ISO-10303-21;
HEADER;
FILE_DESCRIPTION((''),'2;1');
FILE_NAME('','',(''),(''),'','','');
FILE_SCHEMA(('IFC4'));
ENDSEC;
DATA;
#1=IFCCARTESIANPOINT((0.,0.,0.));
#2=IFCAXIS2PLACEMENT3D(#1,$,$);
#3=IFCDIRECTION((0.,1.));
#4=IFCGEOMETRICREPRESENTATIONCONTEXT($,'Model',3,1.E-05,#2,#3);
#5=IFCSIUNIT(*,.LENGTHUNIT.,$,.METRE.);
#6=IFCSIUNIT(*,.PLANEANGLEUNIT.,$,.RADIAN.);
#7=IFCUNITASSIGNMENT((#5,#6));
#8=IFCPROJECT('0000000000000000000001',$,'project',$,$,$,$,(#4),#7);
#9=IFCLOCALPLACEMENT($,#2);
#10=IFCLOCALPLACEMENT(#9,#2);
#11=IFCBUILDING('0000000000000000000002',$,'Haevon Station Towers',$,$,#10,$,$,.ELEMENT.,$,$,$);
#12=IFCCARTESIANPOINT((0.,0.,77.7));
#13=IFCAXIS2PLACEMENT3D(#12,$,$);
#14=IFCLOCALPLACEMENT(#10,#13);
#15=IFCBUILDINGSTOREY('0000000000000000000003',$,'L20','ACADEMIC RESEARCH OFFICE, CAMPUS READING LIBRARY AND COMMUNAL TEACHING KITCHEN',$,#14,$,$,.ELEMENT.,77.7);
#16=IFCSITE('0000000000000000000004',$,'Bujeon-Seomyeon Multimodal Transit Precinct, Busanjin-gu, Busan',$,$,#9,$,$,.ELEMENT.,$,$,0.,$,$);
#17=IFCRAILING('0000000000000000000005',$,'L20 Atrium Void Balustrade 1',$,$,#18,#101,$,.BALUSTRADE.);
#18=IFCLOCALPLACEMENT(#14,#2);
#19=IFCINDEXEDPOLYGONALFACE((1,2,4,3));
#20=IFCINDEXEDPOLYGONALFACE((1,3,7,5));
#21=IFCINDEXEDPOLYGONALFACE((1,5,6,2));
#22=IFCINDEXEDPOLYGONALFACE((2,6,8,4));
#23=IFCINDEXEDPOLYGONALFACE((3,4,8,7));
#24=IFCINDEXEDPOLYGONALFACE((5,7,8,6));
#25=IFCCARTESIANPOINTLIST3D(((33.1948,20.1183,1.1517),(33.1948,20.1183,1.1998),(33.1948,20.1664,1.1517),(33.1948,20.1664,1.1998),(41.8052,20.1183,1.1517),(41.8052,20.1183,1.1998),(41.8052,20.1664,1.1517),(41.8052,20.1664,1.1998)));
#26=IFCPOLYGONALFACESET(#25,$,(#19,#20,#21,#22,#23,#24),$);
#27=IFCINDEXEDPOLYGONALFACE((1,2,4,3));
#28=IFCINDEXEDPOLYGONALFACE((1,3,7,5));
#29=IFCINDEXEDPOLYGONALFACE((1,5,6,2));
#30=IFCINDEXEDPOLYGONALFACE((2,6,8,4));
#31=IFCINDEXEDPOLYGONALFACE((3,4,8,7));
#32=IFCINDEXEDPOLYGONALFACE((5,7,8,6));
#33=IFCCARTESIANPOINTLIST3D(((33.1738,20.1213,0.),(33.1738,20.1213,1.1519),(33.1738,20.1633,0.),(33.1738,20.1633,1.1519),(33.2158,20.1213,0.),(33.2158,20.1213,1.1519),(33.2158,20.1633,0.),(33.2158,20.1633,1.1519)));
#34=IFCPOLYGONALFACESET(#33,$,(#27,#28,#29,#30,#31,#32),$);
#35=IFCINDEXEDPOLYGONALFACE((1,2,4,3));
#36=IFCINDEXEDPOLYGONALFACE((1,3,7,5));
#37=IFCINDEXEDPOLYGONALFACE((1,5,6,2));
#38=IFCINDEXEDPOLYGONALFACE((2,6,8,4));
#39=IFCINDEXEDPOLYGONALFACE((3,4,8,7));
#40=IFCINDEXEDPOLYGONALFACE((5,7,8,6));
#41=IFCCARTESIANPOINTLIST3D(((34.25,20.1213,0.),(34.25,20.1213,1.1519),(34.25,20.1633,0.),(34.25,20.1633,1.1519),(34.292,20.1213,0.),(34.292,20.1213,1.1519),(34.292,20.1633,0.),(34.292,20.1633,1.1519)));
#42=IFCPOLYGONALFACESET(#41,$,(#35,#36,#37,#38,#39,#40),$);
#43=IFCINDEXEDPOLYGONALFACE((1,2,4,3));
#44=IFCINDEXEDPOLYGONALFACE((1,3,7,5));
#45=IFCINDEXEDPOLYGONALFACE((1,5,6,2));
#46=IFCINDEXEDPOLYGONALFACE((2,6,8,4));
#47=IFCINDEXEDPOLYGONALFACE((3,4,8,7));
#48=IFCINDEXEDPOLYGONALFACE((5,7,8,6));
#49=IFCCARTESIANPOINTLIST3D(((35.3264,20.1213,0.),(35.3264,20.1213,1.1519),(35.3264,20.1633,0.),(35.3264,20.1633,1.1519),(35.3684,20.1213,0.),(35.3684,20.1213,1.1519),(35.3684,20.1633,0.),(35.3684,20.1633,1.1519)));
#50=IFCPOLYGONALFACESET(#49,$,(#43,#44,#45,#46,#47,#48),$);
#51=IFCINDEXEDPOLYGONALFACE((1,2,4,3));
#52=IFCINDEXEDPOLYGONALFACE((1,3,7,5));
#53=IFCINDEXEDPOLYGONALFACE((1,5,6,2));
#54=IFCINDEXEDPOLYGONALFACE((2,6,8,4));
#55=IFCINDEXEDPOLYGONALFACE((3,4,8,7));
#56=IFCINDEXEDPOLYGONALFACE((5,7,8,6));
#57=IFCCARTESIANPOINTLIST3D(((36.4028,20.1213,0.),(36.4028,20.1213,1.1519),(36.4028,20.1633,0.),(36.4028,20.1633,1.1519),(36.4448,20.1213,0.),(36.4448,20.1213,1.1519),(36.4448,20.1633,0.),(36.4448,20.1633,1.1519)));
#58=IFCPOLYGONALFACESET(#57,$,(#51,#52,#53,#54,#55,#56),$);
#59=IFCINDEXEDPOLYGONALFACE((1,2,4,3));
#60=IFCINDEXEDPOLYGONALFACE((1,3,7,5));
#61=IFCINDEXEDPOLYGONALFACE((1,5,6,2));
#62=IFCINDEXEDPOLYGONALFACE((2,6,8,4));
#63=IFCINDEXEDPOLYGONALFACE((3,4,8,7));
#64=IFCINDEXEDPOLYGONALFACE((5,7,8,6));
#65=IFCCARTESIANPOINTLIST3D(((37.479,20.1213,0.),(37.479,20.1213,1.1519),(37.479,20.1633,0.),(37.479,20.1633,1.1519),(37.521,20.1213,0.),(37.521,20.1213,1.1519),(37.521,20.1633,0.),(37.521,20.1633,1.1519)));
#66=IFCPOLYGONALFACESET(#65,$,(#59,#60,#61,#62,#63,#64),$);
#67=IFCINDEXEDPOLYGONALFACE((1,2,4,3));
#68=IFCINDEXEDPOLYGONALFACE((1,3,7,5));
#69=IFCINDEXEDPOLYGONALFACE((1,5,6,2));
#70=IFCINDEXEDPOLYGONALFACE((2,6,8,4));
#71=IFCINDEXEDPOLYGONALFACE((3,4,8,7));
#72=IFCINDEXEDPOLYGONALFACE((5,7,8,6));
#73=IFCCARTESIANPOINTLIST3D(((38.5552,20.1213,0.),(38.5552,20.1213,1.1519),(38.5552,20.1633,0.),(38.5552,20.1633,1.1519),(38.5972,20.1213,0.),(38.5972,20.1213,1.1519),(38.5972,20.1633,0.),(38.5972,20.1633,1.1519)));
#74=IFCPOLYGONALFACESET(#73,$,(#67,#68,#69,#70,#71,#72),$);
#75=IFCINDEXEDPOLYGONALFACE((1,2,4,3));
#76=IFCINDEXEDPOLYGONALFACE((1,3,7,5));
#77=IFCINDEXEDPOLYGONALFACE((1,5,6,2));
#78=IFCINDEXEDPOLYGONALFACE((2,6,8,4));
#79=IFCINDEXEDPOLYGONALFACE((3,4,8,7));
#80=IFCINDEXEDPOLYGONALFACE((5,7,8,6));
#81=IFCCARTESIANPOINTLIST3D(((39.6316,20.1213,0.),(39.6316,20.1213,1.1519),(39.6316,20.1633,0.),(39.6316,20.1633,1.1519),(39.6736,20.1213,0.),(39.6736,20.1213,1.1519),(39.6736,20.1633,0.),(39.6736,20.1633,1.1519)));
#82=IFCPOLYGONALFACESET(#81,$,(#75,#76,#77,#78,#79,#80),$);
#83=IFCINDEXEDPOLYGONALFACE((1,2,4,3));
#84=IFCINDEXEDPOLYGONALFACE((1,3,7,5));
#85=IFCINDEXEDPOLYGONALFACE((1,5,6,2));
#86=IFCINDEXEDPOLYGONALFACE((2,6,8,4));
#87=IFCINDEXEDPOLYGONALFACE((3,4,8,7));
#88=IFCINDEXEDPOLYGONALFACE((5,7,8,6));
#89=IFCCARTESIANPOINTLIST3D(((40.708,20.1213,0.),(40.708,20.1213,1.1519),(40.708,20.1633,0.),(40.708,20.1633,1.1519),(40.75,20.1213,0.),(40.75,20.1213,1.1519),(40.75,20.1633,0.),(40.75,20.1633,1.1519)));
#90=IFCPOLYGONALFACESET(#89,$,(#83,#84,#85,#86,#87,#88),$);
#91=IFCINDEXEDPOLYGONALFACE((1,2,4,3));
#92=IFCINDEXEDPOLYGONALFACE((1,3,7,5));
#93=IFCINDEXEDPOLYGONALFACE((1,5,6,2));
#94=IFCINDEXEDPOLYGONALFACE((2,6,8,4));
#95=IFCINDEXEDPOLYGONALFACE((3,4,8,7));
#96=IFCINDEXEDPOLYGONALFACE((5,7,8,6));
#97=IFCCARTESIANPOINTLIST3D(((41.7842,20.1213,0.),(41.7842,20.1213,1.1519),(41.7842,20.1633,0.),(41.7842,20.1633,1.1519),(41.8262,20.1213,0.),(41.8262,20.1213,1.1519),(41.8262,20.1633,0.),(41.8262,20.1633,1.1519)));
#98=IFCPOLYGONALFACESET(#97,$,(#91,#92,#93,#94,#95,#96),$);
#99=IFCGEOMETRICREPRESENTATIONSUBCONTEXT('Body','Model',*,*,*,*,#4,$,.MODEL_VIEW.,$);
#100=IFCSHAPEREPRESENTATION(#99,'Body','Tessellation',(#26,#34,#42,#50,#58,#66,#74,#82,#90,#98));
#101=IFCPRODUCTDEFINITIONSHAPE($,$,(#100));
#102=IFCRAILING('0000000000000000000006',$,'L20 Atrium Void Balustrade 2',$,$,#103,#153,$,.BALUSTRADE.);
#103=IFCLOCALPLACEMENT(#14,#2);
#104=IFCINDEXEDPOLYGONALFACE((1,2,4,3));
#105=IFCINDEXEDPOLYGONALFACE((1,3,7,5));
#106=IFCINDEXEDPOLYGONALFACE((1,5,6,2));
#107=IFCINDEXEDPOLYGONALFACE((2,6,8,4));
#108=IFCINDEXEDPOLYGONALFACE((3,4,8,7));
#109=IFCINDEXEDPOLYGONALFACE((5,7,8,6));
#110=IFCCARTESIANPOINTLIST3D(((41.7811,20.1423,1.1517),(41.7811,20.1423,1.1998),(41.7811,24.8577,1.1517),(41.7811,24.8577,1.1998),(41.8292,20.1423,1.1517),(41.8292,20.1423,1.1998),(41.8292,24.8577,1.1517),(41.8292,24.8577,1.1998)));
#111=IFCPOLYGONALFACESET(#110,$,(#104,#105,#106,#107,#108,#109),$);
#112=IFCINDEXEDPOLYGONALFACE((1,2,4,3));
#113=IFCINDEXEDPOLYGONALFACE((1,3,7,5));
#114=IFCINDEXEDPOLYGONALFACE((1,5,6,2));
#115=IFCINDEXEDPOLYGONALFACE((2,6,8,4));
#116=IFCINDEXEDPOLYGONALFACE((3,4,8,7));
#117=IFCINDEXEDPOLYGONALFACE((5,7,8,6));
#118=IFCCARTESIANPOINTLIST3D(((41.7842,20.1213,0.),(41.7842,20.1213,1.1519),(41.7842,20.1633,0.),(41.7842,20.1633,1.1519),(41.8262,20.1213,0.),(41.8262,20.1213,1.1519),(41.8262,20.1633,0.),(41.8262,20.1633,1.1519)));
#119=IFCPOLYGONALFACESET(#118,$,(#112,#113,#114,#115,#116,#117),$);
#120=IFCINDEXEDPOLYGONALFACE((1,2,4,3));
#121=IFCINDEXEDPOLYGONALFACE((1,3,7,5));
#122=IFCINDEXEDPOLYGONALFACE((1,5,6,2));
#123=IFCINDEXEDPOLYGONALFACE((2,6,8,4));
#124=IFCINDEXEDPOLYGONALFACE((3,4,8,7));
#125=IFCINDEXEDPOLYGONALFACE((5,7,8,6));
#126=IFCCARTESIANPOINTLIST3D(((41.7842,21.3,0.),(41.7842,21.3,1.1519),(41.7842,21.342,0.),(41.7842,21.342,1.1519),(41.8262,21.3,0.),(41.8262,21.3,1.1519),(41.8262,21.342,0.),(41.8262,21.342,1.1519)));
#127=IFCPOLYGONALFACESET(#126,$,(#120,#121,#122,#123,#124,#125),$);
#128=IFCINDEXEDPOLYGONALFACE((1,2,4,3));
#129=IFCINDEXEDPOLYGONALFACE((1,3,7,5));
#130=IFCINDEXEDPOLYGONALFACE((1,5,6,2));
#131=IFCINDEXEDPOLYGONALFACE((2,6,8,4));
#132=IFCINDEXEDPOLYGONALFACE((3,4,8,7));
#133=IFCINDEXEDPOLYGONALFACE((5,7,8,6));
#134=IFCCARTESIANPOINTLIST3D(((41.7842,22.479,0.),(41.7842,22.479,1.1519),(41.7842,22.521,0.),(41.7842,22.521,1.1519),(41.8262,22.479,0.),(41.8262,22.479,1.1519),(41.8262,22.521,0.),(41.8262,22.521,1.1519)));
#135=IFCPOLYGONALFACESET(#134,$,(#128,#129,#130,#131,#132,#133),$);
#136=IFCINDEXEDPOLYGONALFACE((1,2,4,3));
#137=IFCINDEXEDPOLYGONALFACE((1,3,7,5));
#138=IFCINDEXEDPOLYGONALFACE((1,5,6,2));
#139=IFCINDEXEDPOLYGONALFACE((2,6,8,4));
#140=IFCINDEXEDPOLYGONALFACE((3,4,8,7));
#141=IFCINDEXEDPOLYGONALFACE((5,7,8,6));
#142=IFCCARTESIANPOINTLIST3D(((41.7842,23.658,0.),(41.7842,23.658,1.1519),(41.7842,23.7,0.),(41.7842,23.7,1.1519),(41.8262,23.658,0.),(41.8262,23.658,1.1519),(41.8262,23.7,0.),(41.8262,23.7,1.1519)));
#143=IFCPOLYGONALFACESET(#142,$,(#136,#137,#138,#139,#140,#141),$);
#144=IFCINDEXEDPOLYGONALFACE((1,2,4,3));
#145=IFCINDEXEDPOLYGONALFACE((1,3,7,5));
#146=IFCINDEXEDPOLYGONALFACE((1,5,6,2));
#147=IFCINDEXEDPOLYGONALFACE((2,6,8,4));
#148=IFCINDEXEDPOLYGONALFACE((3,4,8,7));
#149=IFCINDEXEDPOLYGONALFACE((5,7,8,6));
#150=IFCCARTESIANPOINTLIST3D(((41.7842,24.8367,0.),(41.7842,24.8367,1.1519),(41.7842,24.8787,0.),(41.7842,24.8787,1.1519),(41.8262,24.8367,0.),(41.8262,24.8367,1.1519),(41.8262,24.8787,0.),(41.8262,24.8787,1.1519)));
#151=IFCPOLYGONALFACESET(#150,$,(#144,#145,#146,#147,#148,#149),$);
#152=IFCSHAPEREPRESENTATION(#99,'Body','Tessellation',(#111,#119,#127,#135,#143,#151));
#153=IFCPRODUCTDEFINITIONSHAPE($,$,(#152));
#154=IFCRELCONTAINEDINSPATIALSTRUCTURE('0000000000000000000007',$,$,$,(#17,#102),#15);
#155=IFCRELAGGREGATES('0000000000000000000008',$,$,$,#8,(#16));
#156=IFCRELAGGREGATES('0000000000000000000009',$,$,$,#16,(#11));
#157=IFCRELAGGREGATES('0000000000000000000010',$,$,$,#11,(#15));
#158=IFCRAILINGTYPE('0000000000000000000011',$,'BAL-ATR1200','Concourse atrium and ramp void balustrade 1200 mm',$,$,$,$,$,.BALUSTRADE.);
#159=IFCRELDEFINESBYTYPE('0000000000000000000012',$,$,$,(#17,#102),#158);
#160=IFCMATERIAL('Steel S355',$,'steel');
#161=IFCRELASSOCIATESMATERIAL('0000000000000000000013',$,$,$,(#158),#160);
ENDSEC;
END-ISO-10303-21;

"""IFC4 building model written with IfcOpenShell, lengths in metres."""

from ifc_helpers import new_model, si_unit, direction, frame, origin, origin_2d, place, context, subcontext, project, spatial, rectangle, extrude, material, type_object, element, save


model = new_model("IFC4")

# Units and contexts
model_context = context("Model", 3, precision=1e-05, world=origin(), true_north=direction((0.0, 1.0)))
body_context = subcontext(model_context, "Body", "Model", "MODEL_VIEW")
ifc_project = project(units=[si_unit("LENGTHUNIT", "METRE"), si_unit("PLANEANGLEUNIT", "RADIAN")], contexts=[model_context])

# Site, building, storey
site_placement = place(None, origin())
site = spatial("IfcSite", under=ifc_project, at=site_placement, Name="Bujeon-Seomyeon Multimodal Transit Precinct, Busanjin-gu, Busan", CompositionType="ELEMENT", RefElevation=0.0)
building_placement = place(site_placement, origin())
building = spatial("IfcBuilding", under=site, at=building_placement, Name="Haevon Station Towers", CompositionType="ELEMENT")
storey_placement = place(building_placement, frame((0.0, 0.0, 77.7)))
storey = spatial("IfcBuildingStorey", under=building, at=storey_placement, Name="L20", Description="ACADEMIC RESEARCH OFFICE, CAMPUS READING LIBRARY AND COMMUNAL TEACHING KITCHEN", CompositionType="ELEMENT", Elevation=77.7)

# Shared definitions
ifc_material_1 = material(Name="Steel S355", Category="steel")

# Railings
railing_type = type_object("IfcRailingType", Name="BAL-ATR1200", Description="Concourse atrium and ramp void balustrade 1200 mm", PredefinedType="BALUSTRADE", material=ifc_material_1)
railing_1_placement = place(storey_placement, frame((33.1948, 20.1423, 0.0)))
element("IfcRailing", 1, at=railing_1_placement, inside=storey, type_object=railing_type, Name="L20 Atrium Void Balustrade 1", PredefinedType="BALUSTRADE", context=body_context, shape_type="SweptSolid", body=[
    extrude(rectangle(XDim=0.0481, YDim=0.0481, at=origin_2d()), frame((0.0, 0.0, 1.1758), z_axis=(1.0, 0.0, 0.0), x_axis=(0.0, 1.0, 0.0)), (0.0, 0.0, 1.0), 8.6104),
    extrude(rectangle(XDim=0.042, YDim=0.042, at=origin_2d()), origin(), (0.0, 0.0, 1.0), 1.1519),
    extrude(rectangle(XDim=0.042, YDim=0.042, at=origin_2d()), frame((1.0762, 0.0, 0.0)), (0.0, 0.0, 1.0), 1.1519),
    extrude(rectangle(XDim=0.042, YDim=0.042, at=origin_2d()), frame((2.1526, 0.0, 0.0)), (0.0, 0.0, 1.0), 1.1519),
    extrude(rectangle(XDim=0.042, YDim=0.042, at=origin_2d()), frame((3.229, 0.0, 0.0)), (0.0, 0.0, 1.0), 1.1519),
    extrude(rectangle(XDim=0.042, YDim=0.042, at=origin_2d()), frame((4.3052, 0.0, 0.0)), (0.0, 0.0, 1.0), 1.1519),
    extrude(rectangle(XDim=0.042, YDim=0.042, at=origin_2d()), frame((5.3813, 0.0, 0.0)), (0.0, 0.0, 1.0), 1.1519),
    extrude(rectangle(XDim=0.042, YDim=0.042, at=origin_2d()), frame((6.4578, 0.0, 0.0)), (0.0, 0.0, 1.0), 1.1519),
    extrude(rectangle(XDim=0.042, YDim=0.042, at=origin_2d()), frame((7.5342, 0.0, 0.0)), (0.0, 0.0, 1.0), 1.1519),
    extrude(rectangle(XDim=0.042, YDim=0.042, at=origin_2d()), frame((8.6104, 0.0, 0.0)), (0.0, 0.0, 1.0), 1.1519),
])
railing_2_placement = place(storey_placement, frame((41.8052, 20.1423, 0.0)))
element("IfcRailing", 2, at=railing_2_placement, inside=storey, type_object=railing_type, Name="L20 Atrium Void Balustrade 2", PredefinedType="BALUSTRADE", context=body_context, shape_type="SweptSolid", body=[
    extrude(rectangle(XDim=0.0481, YDim=0.0481, at=origin_2d()), frame((0.0, 0.0, 1.1758), z_axis=(0.0, 1.0, 0.0), x_axis=(-1.0, 0.0, 0.0)), (0.0, 0.0, 1.0), 4.7153),
    extrude(rectangle(XDim=0.042, YDim=0.042, at=origin_2d()), origin(), (0.0, 0.0, 1.0), 1.1519),
    extrude(rectangle(XDim=0.042, YDim=0.042, at=origin_2d()), frame((0.0, 1.1787, 0.0)), (0.0, 0.0, 1.0), 1.1519),
    extrude(rectangle(XDim=0.042, YDim=0.042, at=origin_2d()), frame((0.0, 2.3577, 0.0)), (0.0, 0.0, 1.0), 1.1519),
    extrude(rectangle(XDim=0.042, YDim=0.042, at=origin_2d()), frame((0.0, 3.5366, 0.0)), (0.0, 0.0, 1.0), 1.1519),
    extrude(rectangle(XDim=0.042, YDim=0.042, at=origin_2d()), frame((0.0, 4.7153, 0.0)), (0.0, 0.0, 1.0), 1.1519),
])

save(model, "model.ifc")
